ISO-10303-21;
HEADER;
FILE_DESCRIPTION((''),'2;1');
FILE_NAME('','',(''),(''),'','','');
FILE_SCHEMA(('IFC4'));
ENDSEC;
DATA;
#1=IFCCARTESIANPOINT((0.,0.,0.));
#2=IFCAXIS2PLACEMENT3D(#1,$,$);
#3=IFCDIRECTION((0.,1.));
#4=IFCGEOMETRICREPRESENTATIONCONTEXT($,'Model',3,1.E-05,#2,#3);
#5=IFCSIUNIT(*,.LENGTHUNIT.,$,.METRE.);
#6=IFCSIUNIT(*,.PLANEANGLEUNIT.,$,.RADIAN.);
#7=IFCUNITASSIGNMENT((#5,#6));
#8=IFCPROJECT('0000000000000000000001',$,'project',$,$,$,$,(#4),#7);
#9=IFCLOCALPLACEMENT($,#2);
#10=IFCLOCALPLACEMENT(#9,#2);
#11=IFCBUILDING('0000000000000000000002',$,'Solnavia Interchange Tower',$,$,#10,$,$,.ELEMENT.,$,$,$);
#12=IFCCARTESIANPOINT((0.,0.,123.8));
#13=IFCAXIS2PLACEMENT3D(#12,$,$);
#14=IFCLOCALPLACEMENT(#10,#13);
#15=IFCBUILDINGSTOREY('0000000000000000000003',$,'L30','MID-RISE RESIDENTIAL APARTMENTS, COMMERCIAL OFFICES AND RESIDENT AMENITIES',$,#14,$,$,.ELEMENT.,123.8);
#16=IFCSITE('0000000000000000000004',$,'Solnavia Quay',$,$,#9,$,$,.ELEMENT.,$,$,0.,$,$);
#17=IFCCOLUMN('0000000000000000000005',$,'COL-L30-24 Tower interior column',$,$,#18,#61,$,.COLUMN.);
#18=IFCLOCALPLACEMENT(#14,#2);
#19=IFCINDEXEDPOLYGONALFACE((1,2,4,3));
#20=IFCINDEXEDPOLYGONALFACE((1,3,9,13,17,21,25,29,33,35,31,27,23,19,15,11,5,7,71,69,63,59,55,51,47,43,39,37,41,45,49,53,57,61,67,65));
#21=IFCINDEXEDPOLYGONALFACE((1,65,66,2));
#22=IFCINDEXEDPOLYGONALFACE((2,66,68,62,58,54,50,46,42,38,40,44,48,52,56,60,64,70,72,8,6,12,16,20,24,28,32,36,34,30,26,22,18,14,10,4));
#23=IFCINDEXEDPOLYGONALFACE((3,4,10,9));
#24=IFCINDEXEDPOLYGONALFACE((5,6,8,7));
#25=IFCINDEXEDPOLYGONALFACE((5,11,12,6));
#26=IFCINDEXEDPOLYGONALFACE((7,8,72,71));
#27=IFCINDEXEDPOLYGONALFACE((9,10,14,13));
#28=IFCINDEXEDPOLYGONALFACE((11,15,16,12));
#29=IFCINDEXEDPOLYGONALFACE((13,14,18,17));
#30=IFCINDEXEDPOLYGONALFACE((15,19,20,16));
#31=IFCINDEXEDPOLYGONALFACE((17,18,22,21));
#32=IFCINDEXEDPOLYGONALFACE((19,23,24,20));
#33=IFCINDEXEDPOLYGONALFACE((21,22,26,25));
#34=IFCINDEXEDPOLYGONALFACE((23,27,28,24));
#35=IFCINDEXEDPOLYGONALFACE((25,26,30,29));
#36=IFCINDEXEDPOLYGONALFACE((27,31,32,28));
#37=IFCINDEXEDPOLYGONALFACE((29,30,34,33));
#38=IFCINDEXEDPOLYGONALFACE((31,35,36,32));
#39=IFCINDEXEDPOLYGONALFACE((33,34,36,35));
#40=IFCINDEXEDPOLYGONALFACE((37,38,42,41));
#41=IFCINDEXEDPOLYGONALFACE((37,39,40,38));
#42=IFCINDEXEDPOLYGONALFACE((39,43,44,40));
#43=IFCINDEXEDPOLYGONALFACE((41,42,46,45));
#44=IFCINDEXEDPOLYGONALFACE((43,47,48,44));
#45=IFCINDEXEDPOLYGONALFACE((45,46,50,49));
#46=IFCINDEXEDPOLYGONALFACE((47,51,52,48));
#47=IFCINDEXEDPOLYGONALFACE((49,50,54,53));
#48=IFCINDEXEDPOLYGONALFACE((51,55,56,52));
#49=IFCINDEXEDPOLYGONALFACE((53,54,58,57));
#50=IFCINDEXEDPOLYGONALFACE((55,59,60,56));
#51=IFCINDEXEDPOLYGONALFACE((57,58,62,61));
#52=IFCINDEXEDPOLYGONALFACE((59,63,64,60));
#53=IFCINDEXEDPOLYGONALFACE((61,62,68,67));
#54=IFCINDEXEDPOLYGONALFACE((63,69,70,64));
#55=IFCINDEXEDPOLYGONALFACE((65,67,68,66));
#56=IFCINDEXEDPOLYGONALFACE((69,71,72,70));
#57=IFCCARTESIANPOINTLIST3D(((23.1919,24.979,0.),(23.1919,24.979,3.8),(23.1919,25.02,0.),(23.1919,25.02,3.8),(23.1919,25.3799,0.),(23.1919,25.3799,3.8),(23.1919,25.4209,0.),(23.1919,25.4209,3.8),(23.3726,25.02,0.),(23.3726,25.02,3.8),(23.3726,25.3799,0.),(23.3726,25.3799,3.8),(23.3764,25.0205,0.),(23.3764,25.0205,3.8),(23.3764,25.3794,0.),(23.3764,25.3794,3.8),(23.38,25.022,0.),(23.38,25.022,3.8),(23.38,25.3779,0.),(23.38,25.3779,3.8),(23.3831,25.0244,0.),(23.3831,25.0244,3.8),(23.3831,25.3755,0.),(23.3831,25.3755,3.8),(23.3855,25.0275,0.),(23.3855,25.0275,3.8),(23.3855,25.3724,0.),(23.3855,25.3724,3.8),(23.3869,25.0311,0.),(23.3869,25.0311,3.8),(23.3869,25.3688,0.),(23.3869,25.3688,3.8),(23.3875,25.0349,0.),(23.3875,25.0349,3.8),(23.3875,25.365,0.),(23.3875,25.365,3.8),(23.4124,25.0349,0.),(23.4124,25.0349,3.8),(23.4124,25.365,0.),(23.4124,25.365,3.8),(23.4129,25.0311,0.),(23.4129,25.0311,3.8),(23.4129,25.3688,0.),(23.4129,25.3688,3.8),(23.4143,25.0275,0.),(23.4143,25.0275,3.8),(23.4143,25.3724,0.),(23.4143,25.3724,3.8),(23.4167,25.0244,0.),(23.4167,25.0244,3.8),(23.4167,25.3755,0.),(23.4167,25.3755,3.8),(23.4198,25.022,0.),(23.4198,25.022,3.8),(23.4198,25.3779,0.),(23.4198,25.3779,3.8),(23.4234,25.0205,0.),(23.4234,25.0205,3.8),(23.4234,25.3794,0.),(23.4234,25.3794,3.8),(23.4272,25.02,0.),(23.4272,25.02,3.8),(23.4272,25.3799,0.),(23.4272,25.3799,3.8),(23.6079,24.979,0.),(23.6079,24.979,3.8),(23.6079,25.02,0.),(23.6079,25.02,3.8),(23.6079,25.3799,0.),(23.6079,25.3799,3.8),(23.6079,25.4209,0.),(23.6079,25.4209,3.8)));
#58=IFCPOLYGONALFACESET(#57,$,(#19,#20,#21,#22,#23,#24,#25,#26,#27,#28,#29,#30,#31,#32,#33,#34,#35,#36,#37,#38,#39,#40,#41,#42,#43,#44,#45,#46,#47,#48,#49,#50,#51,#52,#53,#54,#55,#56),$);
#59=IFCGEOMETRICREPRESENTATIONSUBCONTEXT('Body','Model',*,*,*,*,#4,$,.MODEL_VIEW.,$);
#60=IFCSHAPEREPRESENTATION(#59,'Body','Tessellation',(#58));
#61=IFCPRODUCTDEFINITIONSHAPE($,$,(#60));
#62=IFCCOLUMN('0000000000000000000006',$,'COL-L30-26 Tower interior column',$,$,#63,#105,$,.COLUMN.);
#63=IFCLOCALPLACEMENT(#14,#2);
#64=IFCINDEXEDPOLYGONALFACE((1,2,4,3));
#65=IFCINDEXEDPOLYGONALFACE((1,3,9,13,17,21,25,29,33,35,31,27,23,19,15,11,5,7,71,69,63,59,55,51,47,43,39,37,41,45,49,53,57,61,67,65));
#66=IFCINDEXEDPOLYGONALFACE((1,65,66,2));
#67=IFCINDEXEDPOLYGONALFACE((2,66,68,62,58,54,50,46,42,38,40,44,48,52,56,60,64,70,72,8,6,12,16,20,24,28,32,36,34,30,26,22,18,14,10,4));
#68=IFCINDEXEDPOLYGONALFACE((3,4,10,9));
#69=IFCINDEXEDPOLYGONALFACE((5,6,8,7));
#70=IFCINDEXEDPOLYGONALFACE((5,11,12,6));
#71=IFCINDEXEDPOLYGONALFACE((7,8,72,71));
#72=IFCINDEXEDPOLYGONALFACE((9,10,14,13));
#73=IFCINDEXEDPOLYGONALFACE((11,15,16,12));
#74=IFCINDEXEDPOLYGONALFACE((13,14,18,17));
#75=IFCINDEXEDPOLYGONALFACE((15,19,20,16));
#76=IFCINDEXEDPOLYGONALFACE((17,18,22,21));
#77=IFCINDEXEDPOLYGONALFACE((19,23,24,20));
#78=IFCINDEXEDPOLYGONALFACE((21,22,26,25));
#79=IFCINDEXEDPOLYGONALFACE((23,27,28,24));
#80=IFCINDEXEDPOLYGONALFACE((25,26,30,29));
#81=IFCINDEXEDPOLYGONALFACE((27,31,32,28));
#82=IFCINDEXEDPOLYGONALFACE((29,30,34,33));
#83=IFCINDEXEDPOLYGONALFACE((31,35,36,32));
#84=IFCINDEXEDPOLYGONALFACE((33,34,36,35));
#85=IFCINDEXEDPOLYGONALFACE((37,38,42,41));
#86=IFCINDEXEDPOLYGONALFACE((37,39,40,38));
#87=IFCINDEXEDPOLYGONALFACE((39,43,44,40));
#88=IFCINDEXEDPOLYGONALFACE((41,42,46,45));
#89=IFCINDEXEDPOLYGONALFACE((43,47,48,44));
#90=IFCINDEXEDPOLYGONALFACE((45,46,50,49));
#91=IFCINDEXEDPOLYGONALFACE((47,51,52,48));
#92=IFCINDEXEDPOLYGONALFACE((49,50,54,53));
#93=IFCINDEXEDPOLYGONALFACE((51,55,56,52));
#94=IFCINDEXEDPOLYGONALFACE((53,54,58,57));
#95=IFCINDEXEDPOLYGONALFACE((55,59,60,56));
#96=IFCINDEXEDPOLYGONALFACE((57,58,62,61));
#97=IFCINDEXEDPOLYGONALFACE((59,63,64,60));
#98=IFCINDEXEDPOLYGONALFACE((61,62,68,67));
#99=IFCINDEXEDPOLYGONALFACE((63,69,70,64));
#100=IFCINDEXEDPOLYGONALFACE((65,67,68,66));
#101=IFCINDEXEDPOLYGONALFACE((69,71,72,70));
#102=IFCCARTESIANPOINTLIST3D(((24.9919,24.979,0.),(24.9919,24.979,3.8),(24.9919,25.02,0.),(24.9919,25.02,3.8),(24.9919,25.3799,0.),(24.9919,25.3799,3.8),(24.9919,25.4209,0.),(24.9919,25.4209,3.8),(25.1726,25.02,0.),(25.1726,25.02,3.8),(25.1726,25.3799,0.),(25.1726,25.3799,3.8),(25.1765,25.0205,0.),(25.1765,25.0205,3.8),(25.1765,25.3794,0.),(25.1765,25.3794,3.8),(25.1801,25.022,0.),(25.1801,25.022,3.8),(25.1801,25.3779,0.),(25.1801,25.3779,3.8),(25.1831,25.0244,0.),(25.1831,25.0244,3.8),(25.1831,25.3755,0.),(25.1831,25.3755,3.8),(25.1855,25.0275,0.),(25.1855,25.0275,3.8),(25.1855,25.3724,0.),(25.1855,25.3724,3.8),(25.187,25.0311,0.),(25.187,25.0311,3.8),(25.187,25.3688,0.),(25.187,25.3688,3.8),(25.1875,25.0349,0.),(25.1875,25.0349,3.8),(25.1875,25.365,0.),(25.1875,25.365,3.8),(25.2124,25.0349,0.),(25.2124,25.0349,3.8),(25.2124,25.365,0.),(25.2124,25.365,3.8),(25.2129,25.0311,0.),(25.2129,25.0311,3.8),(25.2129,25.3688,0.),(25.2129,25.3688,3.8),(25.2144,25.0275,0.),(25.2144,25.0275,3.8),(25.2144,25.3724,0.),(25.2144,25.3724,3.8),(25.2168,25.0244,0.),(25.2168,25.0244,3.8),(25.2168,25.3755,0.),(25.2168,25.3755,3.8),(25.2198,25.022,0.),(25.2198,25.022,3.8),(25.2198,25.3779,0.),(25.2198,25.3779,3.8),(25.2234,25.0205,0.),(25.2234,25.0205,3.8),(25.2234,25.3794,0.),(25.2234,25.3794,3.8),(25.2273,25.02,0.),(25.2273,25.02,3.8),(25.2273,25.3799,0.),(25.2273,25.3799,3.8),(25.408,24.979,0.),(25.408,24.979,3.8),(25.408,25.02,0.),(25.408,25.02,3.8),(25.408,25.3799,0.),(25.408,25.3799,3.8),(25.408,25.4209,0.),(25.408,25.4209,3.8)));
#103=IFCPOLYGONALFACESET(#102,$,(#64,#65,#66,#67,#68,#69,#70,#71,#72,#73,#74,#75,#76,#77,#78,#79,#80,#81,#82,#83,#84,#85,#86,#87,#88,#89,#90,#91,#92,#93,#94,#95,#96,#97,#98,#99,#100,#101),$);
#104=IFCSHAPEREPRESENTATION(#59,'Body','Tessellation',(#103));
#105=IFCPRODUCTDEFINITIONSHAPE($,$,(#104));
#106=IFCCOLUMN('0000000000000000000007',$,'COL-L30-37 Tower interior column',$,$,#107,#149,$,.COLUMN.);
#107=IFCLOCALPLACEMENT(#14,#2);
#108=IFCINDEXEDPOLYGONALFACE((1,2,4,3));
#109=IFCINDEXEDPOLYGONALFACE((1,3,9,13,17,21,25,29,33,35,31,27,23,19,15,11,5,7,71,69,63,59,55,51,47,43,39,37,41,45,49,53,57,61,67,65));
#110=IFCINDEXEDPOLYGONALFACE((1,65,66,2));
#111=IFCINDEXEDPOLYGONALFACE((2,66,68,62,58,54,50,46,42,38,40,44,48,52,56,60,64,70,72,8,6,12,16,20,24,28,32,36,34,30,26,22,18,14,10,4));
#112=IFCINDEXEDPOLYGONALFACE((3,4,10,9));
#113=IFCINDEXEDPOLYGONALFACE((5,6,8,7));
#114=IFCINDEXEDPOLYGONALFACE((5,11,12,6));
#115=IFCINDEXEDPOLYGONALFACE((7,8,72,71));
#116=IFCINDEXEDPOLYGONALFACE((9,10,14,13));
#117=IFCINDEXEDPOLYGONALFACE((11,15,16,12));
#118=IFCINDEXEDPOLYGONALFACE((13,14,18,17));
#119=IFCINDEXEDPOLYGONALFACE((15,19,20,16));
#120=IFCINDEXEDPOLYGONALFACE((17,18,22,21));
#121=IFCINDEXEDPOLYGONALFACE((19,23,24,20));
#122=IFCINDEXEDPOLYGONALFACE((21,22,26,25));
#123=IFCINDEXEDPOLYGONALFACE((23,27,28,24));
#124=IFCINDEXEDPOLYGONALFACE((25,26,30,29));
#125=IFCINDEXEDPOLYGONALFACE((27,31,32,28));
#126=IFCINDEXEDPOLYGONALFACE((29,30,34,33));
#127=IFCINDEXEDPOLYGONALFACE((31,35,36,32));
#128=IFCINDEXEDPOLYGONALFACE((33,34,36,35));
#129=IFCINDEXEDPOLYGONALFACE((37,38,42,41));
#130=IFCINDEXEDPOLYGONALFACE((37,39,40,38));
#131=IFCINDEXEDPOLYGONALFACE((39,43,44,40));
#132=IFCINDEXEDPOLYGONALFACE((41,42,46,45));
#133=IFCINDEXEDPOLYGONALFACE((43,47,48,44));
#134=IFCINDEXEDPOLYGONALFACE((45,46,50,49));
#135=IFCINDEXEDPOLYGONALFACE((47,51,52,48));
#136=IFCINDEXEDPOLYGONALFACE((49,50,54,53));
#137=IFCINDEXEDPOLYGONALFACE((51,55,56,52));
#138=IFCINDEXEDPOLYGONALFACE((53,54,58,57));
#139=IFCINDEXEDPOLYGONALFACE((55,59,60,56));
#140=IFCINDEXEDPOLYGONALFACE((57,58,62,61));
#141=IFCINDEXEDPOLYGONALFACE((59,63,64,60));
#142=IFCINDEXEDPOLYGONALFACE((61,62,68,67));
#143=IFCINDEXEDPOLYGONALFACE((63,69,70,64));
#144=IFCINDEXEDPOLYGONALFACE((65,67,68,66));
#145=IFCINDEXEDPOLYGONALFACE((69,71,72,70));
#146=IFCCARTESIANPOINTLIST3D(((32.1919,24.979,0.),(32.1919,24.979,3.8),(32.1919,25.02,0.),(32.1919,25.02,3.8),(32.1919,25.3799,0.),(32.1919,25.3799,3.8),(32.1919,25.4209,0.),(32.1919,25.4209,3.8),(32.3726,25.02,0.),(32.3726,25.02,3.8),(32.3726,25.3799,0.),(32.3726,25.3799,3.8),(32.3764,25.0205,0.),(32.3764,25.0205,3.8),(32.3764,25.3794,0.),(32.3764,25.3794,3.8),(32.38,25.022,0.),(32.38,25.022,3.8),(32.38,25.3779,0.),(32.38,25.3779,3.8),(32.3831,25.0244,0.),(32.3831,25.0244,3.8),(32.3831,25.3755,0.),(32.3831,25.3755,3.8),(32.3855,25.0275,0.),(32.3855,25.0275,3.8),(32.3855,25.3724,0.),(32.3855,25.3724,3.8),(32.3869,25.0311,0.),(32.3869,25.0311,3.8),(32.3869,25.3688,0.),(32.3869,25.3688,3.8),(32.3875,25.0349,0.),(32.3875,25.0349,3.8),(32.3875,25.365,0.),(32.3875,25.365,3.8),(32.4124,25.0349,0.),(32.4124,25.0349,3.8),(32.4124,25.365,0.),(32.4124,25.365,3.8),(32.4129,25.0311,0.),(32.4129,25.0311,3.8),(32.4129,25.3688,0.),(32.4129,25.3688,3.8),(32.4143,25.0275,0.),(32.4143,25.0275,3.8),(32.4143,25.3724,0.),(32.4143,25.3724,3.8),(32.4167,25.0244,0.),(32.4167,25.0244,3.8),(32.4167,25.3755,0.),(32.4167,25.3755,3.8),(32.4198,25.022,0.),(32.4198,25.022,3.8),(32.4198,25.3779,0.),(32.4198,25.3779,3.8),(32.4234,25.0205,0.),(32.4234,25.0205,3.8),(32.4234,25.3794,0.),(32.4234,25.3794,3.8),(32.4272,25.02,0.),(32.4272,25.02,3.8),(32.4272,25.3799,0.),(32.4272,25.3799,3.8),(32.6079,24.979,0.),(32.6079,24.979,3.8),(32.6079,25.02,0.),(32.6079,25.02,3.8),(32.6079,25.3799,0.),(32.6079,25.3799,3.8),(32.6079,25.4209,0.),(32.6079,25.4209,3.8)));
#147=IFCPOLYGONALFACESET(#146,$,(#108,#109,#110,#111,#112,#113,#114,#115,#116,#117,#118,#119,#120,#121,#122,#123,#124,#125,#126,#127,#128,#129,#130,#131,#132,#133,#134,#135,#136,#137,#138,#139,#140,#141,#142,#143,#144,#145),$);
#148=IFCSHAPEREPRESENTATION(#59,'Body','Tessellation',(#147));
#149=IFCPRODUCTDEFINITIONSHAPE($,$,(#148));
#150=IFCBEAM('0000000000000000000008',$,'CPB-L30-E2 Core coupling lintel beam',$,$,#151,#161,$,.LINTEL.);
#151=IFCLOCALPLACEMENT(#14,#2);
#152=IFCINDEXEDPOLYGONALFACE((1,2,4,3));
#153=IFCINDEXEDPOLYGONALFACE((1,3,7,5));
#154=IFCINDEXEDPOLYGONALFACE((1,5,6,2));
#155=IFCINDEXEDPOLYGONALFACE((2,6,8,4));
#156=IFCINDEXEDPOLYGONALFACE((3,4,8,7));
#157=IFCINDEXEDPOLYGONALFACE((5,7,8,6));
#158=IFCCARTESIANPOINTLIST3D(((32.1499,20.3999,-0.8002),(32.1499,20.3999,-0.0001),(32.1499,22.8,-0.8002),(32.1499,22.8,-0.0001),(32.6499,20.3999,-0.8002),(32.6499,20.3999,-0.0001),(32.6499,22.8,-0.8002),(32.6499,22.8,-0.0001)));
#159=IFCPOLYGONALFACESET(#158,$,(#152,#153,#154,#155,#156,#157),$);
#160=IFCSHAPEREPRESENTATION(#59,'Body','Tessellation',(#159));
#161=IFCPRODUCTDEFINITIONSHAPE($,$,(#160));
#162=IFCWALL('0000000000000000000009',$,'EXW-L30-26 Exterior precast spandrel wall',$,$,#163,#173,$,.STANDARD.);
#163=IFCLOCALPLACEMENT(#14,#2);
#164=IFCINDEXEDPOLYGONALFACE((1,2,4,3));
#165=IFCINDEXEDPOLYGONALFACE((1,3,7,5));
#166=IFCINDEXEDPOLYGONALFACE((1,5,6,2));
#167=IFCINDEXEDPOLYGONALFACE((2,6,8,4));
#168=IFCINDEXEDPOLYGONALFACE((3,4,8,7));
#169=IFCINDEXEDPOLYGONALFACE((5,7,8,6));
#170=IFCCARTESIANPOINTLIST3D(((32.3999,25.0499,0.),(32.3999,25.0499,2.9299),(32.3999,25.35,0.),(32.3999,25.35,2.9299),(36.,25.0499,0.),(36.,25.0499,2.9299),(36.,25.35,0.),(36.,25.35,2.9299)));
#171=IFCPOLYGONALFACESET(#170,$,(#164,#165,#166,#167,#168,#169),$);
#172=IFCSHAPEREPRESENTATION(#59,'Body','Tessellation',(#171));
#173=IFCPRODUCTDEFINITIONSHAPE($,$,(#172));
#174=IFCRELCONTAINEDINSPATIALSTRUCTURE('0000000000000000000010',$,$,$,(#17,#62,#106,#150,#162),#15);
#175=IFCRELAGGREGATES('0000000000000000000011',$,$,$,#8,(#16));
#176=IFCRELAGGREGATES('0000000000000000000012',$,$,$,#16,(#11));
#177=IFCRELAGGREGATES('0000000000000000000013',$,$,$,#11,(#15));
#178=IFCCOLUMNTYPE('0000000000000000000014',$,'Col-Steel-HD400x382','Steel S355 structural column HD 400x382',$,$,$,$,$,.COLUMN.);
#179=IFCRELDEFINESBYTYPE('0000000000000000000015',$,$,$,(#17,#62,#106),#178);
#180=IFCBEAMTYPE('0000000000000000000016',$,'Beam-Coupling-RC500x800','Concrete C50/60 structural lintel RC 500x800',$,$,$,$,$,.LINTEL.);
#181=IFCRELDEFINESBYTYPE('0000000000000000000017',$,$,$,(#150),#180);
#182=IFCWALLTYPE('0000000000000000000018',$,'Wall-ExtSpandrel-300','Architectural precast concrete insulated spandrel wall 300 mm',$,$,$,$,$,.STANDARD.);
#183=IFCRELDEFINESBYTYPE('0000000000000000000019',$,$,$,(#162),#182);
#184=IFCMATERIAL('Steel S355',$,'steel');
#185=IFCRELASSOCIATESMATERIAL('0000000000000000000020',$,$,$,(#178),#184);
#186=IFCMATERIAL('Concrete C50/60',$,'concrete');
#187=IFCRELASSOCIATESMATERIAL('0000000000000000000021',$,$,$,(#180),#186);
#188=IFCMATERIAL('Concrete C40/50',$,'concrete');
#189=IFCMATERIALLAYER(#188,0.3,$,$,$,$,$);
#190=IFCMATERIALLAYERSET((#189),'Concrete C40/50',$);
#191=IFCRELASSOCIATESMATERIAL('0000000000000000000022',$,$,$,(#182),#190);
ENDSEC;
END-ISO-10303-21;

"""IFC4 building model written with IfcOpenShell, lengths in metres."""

from ifc_helpers import new_model, si_unit, direction, frame, frame_2d, origin, origin_2d, place, context, subcontext, project, spatial, rectangle, i_section, extrude, material, layer, layer_set, material_profile, profile_set, type_object, element, save


model = new_model("IFC4")

# Units and contexts
model_context = context("Model", 3, precision=1e-05, world=origin(), true_north=direction((0.0, 1.0)))
body_context = subcontext(model_context, "Body", "Model", "MODEL_VIEW")
ifc_project = project(units=[si_unit("LENGTHUNIT", "METRE"), si_unit("PLANEANGLEUNIT", "RADIAN")], contexts=[model_context])

# Site, building, storey
site_placement = place(None, origin())
site = spatial("IfcSite", under=ifc_project, at=site_placement, Name="Solnavia Quay", CompositionType="ELEMENT", RefElevation=0.0)
building_placement = place(site_placement, origin())
building = spatial("IfcBuilding", under=site, at=building_placement, Name="Solnavia Interchange Tower", CompositionType="ELEMENT")
storey_placement = place(building_placement, frame((0.0, 0.0, 123.8)))
storey = spatial("IfcBuildingStorey", under=building, at=storey_placement, Name="L30", Description="MID-RISE RESIDENTIAL APARTMENTS, COMMERCIAL OFFICES AND RESIDENT AMENITIES", CompositionType="ELEMENT", Elevation=123.8)

# Columns
ifc_material_1 = material(Name="Steel S355", Category="steel")
ifc_material_profile_1 = material_profile(ifc_material_1, i_section(OverallWidth=0.416, OverallDepth=0.4419, WebThickness=0.0249, FlangeThickness=0.041, FilletRadius=0.0149, at=origin_2d()), Name="HD 400x382")
ifc_profile_set_1 = profile_set([ifc_material_profile_1], Name="Steel S355")
column_type = type_object("IfcColumnType", Name="Col-Steel-HD400x382", Description="Steel S355 structural column HD 400x382", PredefinedType="COLUMN", material=ifc_profile_set_1)
for number, where, z_axis, x_axis, name in (
    (1, (23.3999, 25.2, 0.0), (0.0, 0.0, 1.0), (1.0, 0.0, 0.0), "COL-L30-24 Tower interior column"),
    (2, (25.2, 25.2, 0.0), (0.0, 0.0, 1.0), (1.0, 0.0, 0.0), "COL-L30-26 Tower interior column"),
    (3, (32.3999, 25.2, 0.0), (0.0, 0.0, 1.0), (1.0, 0.0, 0.0), "COL-L30-37 Tower interior column"),
):
    element("IfcColumn", number, at=place(storey_placement, frame(where, z_axis=z_axis, x_axis=x_axis)), inside=storey, type_object=column_type, Name=name, PredefinedType="COLUMN", context=body_context, shape_type="SweptSolid", body=[
        extrude(i_section(OverallWidth=0.416, OverallDepth=0.4419, WebThickness=0.0249, FlangeThickness=0.041, FilletRadius=0.0149, at=origin_2d()), origin(), (0.0, 0.0, 1.0), 3.8),
    ])

# Beam
ifc_material_2 = material(Name="Concrete C50/60", Category="concrete")
ifc_material_profile_2 = material_profile(ifc_material_2, rectangle(XDim=0.5, YDim=0.8, at=origin_2d()), Name="RC 500x800")
ifc_profile_set_2 = profile_set([ifc_material_profile_2], Name="Concrete C50/60")
beam_type = type_object("IfcBeamType", Name="Beam-Coupling-RC500x800", Description="Concrete C50/60 structural lintel RC 500x800", PredefinedType="LINTEL", material=ifc_profile_set_2)
beam_placement = place(storey_placement, frame((32.3999, 20.3999, -0.4001), z_axis=(0.0, 1.0, 0.0), x_axis=(-1.0, 0.0, 0.0)))
element("IfcBeam", 4, at=beam_placement, inside=storey, type_object=beam_type, Name="CPB-L30-E2 Core coupling lintel beam", PredefinedType="LINTEL", context=body_context, shape_type="SweptSolid", body=[
    extrude(rectangle(XDim=0.5, YDim=0.8, at=origin_2d()), origin(), (0.0, 0.0, 1.0), 2.4001),
])

# Wall
ifc_material_3 = material(Name="Concrete C40/50", Category="concrete")
ifc_layer_1 = layer(ifc_material_3, 0.3)
ifc_layer_set_1 = layer_set([ifc_layer_1], Name="Concrete C40/50")
wall_type_1 = type_object("IfcWallType", Name="Wall-ExtSpandrel-300", Description="Architectural precast concrete insulated spandrel wall 300 mm", PredefinedType="STANDARD", material=ifc_layer_set_1)
wall_1_placement = place(storey_placement, frame((32.3999, 25.2, 0.0), z_axis=(0.0, 0.0, 1.0), x_axis=(1.0, 0.0, 0.0)))
element("IfcWall", 5, at=wall_1_placement, inside=storey, type_object=wall_type_1, Name="EXW-L30-26 Exterior precast spandrel wall", PredefinedType="STANDARD", context=body_context, shape_type="SweptSolid", body=[
    extrude(rectangle(XDim=3.6001, YDim=0.3, at=frame_2d((1.8, 0.0))), origin(), (0.0, 0.0, 1.0), 2.9299),
])

save(model, "model.ifc")
